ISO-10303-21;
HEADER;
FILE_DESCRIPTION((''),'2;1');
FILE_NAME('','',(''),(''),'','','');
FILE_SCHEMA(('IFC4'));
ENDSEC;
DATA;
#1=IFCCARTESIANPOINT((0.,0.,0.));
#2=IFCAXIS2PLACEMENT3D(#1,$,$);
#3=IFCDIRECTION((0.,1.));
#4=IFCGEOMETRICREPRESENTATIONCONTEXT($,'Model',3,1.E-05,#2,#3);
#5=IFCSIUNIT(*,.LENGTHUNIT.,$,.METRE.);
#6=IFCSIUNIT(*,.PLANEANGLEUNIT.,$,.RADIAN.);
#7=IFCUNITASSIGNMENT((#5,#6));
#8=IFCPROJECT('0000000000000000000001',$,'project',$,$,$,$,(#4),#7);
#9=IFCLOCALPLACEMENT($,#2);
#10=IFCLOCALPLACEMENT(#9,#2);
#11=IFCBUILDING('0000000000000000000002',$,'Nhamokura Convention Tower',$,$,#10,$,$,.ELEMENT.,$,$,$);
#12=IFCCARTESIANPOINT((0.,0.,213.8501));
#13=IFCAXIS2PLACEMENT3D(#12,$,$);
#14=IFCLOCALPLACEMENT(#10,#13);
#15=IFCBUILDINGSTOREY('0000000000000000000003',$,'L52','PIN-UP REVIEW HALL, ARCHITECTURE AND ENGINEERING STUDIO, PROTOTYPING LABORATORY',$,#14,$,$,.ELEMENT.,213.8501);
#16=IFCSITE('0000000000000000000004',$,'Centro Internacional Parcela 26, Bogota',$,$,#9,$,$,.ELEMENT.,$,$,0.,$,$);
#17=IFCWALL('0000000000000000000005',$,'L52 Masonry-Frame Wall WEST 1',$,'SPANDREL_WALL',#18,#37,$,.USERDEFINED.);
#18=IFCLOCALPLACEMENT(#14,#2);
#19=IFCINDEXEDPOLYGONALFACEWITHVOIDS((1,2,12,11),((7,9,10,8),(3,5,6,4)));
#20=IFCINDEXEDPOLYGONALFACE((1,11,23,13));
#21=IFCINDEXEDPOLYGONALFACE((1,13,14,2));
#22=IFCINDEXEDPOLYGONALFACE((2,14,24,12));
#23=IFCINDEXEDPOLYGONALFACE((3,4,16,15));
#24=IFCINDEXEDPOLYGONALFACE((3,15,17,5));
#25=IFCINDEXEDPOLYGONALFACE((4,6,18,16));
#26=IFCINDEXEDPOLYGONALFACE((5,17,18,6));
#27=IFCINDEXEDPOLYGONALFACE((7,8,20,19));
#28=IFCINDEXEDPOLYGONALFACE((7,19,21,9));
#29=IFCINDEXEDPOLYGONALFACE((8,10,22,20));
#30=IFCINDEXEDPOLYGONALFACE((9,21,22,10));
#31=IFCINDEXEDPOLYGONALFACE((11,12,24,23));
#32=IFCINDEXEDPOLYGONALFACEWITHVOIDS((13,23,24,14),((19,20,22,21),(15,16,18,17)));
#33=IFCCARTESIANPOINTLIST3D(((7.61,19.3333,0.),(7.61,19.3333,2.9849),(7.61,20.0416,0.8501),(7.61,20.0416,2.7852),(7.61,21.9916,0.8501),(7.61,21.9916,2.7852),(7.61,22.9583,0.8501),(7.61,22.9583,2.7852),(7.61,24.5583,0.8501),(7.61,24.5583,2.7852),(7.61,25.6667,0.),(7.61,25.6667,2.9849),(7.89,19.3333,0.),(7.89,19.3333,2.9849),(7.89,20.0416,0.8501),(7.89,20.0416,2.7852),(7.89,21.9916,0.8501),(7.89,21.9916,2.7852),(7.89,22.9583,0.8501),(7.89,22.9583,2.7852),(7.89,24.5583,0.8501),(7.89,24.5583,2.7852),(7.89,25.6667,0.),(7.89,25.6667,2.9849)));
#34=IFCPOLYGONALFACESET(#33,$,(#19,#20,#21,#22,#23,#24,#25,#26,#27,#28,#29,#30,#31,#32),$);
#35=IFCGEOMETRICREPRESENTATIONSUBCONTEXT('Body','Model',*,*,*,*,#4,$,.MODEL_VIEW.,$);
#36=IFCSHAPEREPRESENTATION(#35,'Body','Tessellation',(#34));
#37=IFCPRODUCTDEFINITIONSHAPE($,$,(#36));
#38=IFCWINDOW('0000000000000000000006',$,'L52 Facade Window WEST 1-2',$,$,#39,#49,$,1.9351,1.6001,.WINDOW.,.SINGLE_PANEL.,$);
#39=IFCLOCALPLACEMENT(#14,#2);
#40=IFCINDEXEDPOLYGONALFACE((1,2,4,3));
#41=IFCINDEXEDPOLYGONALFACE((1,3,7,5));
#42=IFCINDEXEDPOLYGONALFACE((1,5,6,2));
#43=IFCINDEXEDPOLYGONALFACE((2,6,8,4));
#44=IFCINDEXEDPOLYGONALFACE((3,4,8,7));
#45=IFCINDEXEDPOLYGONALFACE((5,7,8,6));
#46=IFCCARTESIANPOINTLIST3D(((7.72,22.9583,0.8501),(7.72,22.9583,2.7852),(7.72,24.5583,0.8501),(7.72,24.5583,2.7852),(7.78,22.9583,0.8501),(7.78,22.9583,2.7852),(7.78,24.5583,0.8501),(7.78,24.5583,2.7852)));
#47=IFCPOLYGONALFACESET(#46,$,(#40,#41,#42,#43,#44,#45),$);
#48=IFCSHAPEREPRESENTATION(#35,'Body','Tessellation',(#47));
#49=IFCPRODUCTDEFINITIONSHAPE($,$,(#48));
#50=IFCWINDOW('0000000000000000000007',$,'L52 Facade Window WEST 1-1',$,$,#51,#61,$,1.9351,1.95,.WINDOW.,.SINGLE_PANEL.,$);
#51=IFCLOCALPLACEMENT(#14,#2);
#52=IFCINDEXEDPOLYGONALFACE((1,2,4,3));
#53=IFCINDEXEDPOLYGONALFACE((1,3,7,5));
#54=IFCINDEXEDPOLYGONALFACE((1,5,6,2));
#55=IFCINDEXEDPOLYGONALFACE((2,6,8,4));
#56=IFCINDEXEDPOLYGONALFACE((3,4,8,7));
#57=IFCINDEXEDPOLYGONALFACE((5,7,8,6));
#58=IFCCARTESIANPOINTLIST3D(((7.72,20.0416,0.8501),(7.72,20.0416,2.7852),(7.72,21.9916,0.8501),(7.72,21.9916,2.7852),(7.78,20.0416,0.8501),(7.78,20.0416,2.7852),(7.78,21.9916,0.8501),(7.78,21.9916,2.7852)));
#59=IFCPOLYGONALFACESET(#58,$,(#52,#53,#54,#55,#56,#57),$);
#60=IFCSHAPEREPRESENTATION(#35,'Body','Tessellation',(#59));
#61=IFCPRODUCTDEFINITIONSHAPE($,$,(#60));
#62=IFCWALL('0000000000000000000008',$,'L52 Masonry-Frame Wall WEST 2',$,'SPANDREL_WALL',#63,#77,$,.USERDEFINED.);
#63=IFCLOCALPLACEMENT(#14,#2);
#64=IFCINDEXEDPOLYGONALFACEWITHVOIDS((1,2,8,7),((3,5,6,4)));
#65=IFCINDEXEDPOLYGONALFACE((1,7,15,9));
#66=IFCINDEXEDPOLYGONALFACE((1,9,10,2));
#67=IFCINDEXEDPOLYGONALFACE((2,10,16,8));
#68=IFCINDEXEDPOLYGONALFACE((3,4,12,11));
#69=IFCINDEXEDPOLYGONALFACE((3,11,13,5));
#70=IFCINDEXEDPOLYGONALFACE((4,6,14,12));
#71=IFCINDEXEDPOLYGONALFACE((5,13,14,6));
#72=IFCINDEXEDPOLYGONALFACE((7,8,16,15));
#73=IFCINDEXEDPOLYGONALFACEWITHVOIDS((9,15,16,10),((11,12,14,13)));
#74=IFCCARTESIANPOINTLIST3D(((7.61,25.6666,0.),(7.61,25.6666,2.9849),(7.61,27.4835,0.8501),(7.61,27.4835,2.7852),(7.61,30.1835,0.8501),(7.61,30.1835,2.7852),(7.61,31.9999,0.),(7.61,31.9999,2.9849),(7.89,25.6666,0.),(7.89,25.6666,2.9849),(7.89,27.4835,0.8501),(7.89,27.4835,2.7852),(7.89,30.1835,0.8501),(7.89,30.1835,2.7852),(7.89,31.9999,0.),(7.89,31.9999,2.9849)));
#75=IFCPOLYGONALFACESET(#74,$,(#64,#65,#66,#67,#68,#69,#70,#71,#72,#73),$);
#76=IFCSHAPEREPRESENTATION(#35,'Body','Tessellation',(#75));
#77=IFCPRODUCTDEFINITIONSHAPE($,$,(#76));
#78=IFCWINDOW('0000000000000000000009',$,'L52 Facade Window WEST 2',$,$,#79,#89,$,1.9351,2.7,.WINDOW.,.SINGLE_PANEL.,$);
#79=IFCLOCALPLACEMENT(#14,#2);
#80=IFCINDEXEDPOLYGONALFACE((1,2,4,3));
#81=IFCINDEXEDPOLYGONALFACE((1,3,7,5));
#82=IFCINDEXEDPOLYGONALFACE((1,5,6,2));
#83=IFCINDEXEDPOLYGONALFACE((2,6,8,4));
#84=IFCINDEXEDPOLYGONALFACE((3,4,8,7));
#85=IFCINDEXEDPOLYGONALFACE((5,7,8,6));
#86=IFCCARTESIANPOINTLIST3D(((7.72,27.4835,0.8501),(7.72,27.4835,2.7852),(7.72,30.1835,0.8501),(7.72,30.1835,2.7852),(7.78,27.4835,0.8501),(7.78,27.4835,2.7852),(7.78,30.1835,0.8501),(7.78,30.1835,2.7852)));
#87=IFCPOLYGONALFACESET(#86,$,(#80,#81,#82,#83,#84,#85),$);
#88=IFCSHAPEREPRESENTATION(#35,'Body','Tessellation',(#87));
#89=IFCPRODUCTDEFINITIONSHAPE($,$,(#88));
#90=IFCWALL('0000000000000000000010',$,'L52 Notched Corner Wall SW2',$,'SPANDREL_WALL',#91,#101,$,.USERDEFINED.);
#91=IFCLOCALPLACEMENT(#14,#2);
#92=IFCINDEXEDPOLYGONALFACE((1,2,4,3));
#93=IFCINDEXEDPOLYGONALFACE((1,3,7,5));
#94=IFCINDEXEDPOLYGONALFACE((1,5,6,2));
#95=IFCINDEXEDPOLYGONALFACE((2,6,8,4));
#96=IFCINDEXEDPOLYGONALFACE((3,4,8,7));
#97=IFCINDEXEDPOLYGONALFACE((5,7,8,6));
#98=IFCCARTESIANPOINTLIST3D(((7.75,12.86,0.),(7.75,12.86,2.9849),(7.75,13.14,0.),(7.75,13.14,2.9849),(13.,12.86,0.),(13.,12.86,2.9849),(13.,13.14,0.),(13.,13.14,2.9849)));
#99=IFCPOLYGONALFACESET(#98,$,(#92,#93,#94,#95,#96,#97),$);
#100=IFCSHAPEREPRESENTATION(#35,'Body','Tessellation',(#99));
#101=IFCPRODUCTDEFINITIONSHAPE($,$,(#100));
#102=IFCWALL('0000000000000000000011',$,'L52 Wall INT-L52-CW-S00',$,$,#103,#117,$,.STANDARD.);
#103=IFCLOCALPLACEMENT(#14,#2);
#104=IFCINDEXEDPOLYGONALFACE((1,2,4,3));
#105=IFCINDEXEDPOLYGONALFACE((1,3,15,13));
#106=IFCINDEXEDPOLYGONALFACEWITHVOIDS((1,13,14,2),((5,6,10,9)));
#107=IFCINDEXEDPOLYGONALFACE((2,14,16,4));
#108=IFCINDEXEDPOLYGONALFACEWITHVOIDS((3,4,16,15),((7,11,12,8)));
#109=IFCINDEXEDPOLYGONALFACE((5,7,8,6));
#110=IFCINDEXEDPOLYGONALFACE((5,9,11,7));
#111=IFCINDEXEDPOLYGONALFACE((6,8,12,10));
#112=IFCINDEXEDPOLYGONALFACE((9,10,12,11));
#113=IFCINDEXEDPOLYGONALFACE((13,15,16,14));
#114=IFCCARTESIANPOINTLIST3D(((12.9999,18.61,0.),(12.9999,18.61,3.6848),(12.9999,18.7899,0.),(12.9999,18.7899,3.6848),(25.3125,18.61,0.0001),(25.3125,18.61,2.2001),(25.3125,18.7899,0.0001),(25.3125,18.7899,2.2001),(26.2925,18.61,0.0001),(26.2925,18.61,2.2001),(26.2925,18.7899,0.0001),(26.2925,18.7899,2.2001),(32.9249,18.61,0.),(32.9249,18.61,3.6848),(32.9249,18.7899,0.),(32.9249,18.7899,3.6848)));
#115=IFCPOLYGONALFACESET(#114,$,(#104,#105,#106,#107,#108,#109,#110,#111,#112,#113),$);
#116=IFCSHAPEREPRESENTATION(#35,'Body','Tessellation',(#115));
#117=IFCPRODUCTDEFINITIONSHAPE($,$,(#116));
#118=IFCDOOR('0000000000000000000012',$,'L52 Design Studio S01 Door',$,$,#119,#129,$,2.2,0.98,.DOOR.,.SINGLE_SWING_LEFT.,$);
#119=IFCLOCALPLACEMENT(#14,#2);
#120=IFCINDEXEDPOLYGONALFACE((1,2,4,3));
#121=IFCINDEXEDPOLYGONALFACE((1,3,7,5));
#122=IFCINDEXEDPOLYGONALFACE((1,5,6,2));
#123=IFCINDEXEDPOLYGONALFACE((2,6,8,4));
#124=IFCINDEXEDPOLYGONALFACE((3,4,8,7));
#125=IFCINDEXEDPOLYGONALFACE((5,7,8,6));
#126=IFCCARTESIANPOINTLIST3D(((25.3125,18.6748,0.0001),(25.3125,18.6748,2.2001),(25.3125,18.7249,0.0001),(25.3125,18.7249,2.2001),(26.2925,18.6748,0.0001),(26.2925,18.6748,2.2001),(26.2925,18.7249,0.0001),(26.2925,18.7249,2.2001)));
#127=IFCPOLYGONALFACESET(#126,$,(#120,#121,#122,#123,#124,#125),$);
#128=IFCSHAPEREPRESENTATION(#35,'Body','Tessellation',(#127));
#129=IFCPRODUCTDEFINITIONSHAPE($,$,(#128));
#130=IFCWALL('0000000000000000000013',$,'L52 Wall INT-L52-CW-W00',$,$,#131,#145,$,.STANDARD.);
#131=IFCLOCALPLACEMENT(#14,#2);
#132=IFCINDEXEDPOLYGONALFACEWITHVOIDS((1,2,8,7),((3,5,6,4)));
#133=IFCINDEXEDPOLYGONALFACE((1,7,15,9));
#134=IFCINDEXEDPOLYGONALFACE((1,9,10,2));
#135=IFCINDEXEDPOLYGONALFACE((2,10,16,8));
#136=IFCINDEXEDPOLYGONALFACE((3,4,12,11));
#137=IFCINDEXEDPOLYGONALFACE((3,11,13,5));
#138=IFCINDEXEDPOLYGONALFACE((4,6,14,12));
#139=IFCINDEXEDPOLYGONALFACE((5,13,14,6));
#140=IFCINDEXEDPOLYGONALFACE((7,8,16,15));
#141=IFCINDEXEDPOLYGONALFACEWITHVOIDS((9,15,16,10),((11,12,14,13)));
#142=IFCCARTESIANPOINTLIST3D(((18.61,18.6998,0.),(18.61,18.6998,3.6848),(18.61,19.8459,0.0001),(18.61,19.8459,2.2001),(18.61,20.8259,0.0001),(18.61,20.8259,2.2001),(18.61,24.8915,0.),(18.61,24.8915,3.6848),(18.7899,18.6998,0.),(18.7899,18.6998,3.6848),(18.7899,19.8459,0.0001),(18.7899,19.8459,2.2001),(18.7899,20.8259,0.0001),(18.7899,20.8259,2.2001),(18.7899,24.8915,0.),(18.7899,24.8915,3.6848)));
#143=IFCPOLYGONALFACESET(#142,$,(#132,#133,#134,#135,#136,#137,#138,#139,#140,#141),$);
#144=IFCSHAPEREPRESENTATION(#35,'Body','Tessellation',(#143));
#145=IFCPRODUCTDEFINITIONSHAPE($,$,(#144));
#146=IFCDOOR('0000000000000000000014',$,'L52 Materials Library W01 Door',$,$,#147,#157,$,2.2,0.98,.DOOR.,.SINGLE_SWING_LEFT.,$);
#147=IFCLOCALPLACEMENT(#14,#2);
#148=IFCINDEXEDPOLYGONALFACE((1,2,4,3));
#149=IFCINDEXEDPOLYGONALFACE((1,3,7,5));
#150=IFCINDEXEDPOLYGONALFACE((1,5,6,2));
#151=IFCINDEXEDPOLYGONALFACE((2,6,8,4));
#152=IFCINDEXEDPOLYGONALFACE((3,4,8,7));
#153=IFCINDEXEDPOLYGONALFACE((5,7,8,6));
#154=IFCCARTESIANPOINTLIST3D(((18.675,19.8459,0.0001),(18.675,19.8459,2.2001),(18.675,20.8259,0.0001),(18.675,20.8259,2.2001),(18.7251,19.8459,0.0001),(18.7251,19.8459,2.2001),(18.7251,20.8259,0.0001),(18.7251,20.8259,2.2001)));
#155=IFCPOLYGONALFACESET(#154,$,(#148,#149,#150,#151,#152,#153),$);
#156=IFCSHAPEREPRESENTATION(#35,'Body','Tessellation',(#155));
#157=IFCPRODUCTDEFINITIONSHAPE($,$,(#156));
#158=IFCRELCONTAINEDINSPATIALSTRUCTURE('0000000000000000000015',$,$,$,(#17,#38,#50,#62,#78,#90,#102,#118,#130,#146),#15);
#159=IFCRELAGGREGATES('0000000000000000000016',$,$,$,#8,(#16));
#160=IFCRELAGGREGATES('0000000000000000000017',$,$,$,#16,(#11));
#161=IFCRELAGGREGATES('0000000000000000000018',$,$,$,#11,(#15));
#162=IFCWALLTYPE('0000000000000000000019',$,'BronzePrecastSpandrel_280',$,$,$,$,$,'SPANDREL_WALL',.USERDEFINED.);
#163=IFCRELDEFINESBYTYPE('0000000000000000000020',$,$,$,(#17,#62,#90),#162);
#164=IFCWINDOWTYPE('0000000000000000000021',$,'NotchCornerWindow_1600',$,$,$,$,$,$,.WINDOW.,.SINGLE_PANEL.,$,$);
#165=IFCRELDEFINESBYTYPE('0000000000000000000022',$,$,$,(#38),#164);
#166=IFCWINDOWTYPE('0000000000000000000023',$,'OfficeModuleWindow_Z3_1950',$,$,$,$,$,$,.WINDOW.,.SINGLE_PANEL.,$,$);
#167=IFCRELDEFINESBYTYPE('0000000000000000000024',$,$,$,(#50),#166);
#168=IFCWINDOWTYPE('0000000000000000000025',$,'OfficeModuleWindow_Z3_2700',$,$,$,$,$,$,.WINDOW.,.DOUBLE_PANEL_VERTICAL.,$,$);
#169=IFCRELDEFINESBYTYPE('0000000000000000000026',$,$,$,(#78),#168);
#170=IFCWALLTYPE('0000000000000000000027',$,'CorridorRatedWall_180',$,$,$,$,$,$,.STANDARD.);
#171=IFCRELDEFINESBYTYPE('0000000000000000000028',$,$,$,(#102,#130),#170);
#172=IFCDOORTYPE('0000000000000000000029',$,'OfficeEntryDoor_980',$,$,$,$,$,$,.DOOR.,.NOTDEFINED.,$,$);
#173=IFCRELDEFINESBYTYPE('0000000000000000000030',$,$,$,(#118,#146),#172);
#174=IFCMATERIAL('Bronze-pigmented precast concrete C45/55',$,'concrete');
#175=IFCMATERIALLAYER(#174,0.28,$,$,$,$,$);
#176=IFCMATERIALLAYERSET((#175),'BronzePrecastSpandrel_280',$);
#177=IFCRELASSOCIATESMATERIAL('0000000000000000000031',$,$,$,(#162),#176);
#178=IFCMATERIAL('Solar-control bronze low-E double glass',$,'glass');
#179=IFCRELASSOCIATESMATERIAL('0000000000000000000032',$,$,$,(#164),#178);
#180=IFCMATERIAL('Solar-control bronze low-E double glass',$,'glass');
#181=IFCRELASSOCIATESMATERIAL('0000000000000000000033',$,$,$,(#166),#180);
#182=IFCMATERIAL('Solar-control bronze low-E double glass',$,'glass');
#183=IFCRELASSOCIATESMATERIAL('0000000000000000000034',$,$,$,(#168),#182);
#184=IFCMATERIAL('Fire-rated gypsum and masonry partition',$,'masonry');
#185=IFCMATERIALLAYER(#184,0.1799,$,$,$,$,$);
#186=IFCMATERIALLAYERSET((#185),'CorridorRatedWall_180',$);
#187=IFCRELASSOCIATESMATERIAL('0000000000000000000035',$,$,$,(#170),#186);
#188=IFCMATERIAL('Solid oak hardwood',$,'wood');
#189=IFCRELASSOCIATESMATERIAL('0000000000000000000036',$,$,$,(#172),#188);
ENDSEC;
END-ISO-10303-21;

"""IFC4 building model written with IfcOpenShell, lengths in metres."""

from ifc_helpers import new_model, si_unit, direction, frame, frame_2d, origin, place, context, subcontext, project, spatial, rectangle, extrude, material, layer, layer_set, type_object, element, fill, save


model = new_model("IFC4")

# Units and contexts
model_context = context("Model", 3, precision=1e-05, world=origin(), true_north=direction((0.0, 1.0)))
body_context = subcontext(model_context, "Body", "Model", "MODEL_VIEW")
ifc_project = project(units=[si_unit("LENGTHUNIT", "METRE"), si_unit("PLANEANGLEUNIT", "RADIAN")], contexts=[model_context])

# Site, building, storey
site_placement = place(None, origin())
site = spatial("IfcSite", under=ifc_project, at=site_placement, Name="Centro Internacional Parcela 26, Bogota", CompositionType="ELEMENT", RefElevation=0.0)
building_placement = place(site_placement, origin())
building = spatial("IfcBuilding", under=site, at=building_placement, Name="Nhamokura Convention Tower", CompositionType="ELEMENT")
storey_placement = place(building_placement, frame((0.0, 0.0, 213.8501)))
storey = spatial("IfcBuildingStorey", under=building, at=storey_placement, Name="L52", Description="PIN-UP REVIEW HALL, ARCHITECTURE AND ENGINEERING STUDIO, PROTOTYPING LABORATORY", CompositionType="ELEMENT", Elevation=213.8501)

# Wall, openings, windows
ifc_material_1 = material(Name="Bronze-pigmented precast concrete C45/55", Category="concrete")
ifc_layer_1 = layer(ifc_material_1, 0.28)
ifc_layer_set_1 = layer_set([ifc_layer_1], Name="BronzePrecastSpandrel_280")
wall_type_1 = type_object("IfcWallType", Name="BronzePrecastSpandrel_280", ElementType="SPANDREL_WALL", PredefinedType="USERDEFINED", material=ifc_layer_set_1)
wall_1_placement = place(storey_placement, frame((7.75, 19.3333, 0.0), z_axis=(0.0, 0.0, 1.0), x_axis=(0.0, 1.0, 0.0)))
wall_1 = element("IfcWall", 1, at=wall_1_placement, inside=storey, type_object=wall_type_1, Name="L52 Masonry-Frame Wall WEST 1", ObjectType="SPANDREL_WALL", PredefinedType="USERDEFINED", context=body_context, shape_type="SweptSolid", body=[
    extrude(rectangle(XDim=6.3335, YDim=0.28, at=frame_2d((3.1667, 0.0))), origin(), (0.0, 0.0, 1.0), 2.9849),
])
opening_1_placement = place(wall_1_placement, frame((0.7083, 0.0, 0.8501)))
opening_1 = element("IfcOpeningElement", 2, at=opening_1_placement, cuts=wall_1, PredefinedType="OPENING", context=body_context, shape_type="SweptSolid", body=[
    extrude(rectangle(XDim=1.95, YDim=1.9351, at=frame_2d((0.9751, 0.9675))), frame((0.0, 0.1499, 0.0), z_axis=(0.0, -1.0, 0.0), x_axis=(1.0, 0.0, 0.0)), (0.0, 0.0, 1.0), 0.3),
])
opening_2_placement = place(wall_1_placement, frame((3.625, 0.0, 0.8501)))
opening_2 = element("IfcOpeningElement", 3, at=opening_2_placement, cuts=wall_1, PredefinedType="OPENING", context=body_context, shape_type="SweptSolid", body=[
    extrude(rectangle(XDim=1.6001, YDim=1.9351, at=frame_2d((0.8, 0.9675))), frame((0.0, 0.1499, 0.0), z_axis=(0.0, -1.0, 0.0), x_axis=(1.0, 0.0, 0.0)), (0.0, 0.0, 1.0), 0.3),
])
ifc_material_2 = material(Name="Solar-control bronze low-E double glass", Category="glass")
window_type_1 = type_object("IfcWindowType", Name="NotchCornerWindow_1600", PartitioningType="SINGLE_PANEL", PredefinedType="WINDOW", material=ifc_material_2)
window_1_placement = place(opening_2_placement, origin())
window_1 = element("IfcWindow", 4, at=window_1_placement, inside=storey, type_object=window_type_1, Name="L52 Facade Window WEST 1-2", OverallHeight=1.9351, OverallWidth=1.6001, PartitioningType="SINGLE_PANEL", PredefinedType="WINDOW", context=body_context, shape_type="SweptSolid", body=[
    extrude(rectangle(XDim=1.6001, YDim=1.9351, at=frame_2d((0.8, 0.9675))), frame((0.0, 0.03, 0.0), z_axis=(0.0, -1.0, 0.0), x_axis=(1.0, 0.0, 0.0)), (0.0, 0.0, 1.0), 0.0601),
])
fill(opening_2, window_1)
ifc_material_3 = material(Name="Solar-control bronze low-E double glass", Category="glass")
window_type_2 = type_object("IfcWindowType", Name="OfficeModuleWindow_Z3_1950", PartitioningType="SINGLE_PANEL", PredefinedType="WINDOW", material=ifc_material_3)
window_2_placement = place(opening_1_placement, origin())
window_2 = element("IfcWindow", 5, at=window_2_placement, inside=storey, type_object=window_type_2, Name="L52 Facade Window WEST 1-1", OverallHeight=1.9351, OverallWidth=1.95, PartitioningType="SINGLE_PANEL", PredefinedType="WINDOW", context=body_context, shape_type="SweptSolid", body=[
    extrude(rectangle(XDim=1.95, YDim=1.9351, at=frame_2d((0.9751, 0.9675))), frame((0.0, 0.03, 0.0), z_axis=(0.0, -1.0, 0.0), x_axis=(1.0, 0.0, 0.0)), (0.0, 0.0, 1.0), 0.0601),
])
fill(opening_1, window_2)

# Wall, opening, window
wall_2_placement = place(storey_placement, frame((7.75, 25.6667, 0.0), z_axis=(0.0, 0.0, 1.0), x_axis=(0.0, 1.0, 0.0)))
wall_2 = element("IfcWall", 6, at=wall_2_placement, inside=storey, type_object=wall_type_1, Name="L52 Masonry-Frame Wall WEST 2", ObjectType="SPANDREL_WALL", PredefinedType="USERDEFINED", context=body_context, shape_type="SweptSolid", body=[
    extrude(rectangle(XDim=6.3333, YDim=0.28, at=frame_2d((3.1665, 0.0))), origin(), (0.0, 0.0, 1.0), 2.9849),
])
opening_3_placement = place(wall_2_placement, frame((1.8167, 0.0, 0.8501)))
opening_3 = element("IfcOpeningElement", 7, at=opening_3_placement, cuts=wall_2, PredefinedType="OPENING", context=body_context, shape_type="SweptSolid", body=[
    extrude(rectangle(XDim=2.7, YDim=1.9351, at=frame_2d((1.3501, 0.9675))), frame((0.0, 0.1499, 0.0), z_axis=(0.0, -1.0, 0.0), x_axis=(1.0, 0.0, 0.0)), (0.0, 0.0, 1.0), 0.3),
])
ifc_material_4 = material(Name="Solar-control bronze low-E double glass", Category="glass")
window_type_3 = type_object("IfcWindowType", Name="OfficeModuleWindow_Z3_2700", PartitioningType="DOUBLE_PANEL_VERTICAL", PredefinedType="WINDOW", material=ifc_material_4)
window_3_placement = place(opening_3_placement, origin())
window_3 = element("IfcWindow", 8, at=window_3_placement, inside=storey, type_object=window_type_3, Name="L52 Facade Window WEST 2", OverallHeight=1.9351, OverallWidth=2.7, PartitioningType="SINGLE_PANEL", PredefinedType="WINDOW", context=body_context, shape_type="SweptSolid", body=[
    extrude(rectangle(XDim=2.7, YDim=1.9351, at=frame_2d((1.3501, 0.9675))), frame((0.0, 0.03, 0.0), z_axis=(0.0, -1.0, 0.0), x_axis=(1.0, 0.0, 0.0)), (0.0, 0.0, 1.0), 0.0601),
])
fill(opening_3, window_3)

# Wall
wall_3_placement = place(storey_placement, frame((13.0, 13.0, 0.0), z_axis=(0.0, 0.0, 1.0), x_axis=(-1.0, 0.0, 0.0)))
element("IfcWall", 9, at=wall_3_placement, inside=storey, type_object=wall_type_1, Name="L52 Notched Corner Wall SW2", ObjectType="SPANDREL_WALL", PredefinedType="USERDEFINED", context=body_context, shape_type="SweptSolid", body=[
    extrude(rectangle(XDim=5.25, YDim=0.28, at=frame_2d((2.625, 0.0))), origin(), (0.0, 0.0, 1.0), 2.9849),
])

# Walls, openings, doors
ifc_material_5 = material(Name="Fire-rated gypsum and masonry partition", Category="masonry")
ifc_layer_2 = layer(ifc_material_5, 0.1799)
ifc_layer_set_2 = layer_set([ifc_layer_2], Name="CorridorRatedWall_180")
wall_type_2 = type_object("IfcWallType", Name="CorridorRatedWall_180", PredefinedType="STANDARD", material=ifc_layer_set_2)
wall_4_placement = place(storey_placement, frame((13.0, 18.7, 0.0), z_axis=(0.0, 0.0, 1.0), x_axis=(1.0, 0.0, 0.0)))
wall_4 = element("IfcWall", 10, at=wall_4_placement, inside=storey, type_object=wall_type_2, Name="L52 Wall INT-L52-CW-S00", PredefinedType="STANDARD", context=body_context, shape_type="SweptSolid", body=[
    extrude(rectangle(XDim=19.925, YDim=0.1799, at=frame_2d((9.9624, 0.0))), origin(), (0.0, 0.0, 1.0), 3.6848),
])
opening_4_placement = place(wall_4_placement, frame((12.3125, 0.0, 0.0)))
opening_4 = element("IfcOpeningElement", 11, at=opening_4_placement, cuts=wall_4, PredefinedType="OPENING", context=body_context, shape_type="SweptSolid", body=[
    extrude(rectangle(XDim=0.98, YDim=2.2, at=frame_2d((0.49, 1.1001))), frame((0.0, 0.0999, 0.0), z_axis=(0.0, -1.0, 0.0), x_axis=(1.0, 0.0, 0.0)), (0.0, 0.0, 1.0), 0.2),
])
ifc_material_6 = material(Name="Solid oak hardwood", Category="wood")
door_type = type_object("IfcDoorType", Name="OfficeEntryDoor_980", OperationType="NOTDEFINED", PredefinedType="DOOR", material=ifc_material_6)
door_1_placement = place(opening_4_placement, origin())
door_1 = element("IfcDoor", 12, at=door_1_placement, inside=storey, type_object=door_type, Name="L52 Design Studio S01 Door", OperationType="SINGLE_SWING_LEFT", OverallHeight=2.2, OverallWidth=0.98, PredefinedType="DOOR", context=body_context, shape_type="SweptSolid", body=[
    extrude(rectangle(XDim=0.98, YDim=2.2, at=frame_2d((0.49, 1.1001))), frame((0.0, 0.0249, 0.0), z_axis=(0.0, -1.0, 0.0), x_axis=(1.0, 0.0, 0.0)), (0.0, 0.0, 1.0), 0.05),
])
fill(opening_4, door_1)
wall_5_placement = place(storey_placement, frame((18.7, 18.7, 0.0), z_axis=(0.0, 0.0, 1.0), x_axis=(0.0, 1.0, 0.0)))
wall_5 = element("IfcWall", 13, at=wall_5_placement, inside=storey, type_object=wall_type_2, Name="L52 Wall INT-L52-CW-W00", PredefinedType="STANDARD", context=body_context, shape_type="SweptSolid", body=[
    extrude(rectangle(XDim=6.1917, YDim=0.1799, at=frame_2d((3.0957, 0.0))), origin(), (0.0, 0.0, 1.0), 3.6848),
])
opening_5_placement = place(wall_5_placement, frame((1.146, 0.0, 0.0)))
opening_5 = element("IfcOpeningElement", 14, at=opening_5_placement, cuts=wall_5, PredefinedType="OPENING", context=body_context, shape_type="SweptSolid", body=[
    extrude(rectangle(XDim=0.98, YDim=2.2, at=frame_2d((0.49, 1.1001))), frame((0.0, 0.0999, 0.0), z_axis=(0.0, -1.0, 0.0), x_axis=(1.0, 0.0, 0.0)), (0.0, 0.0, 1.0), 0.2),
])
door_2_placement = place(opening_5_placement, origin())
door_2 = element("IfcDoor", 15, at=door_2_placement, inside=storey, type_object=door_type, Name="L52 Materials Library W01 Door", OperationType="SINGLE_SWING_LEFT", OverallHeight=2.2, OverallWidth=0.98, PredefinedType="DOOR", context=body_context, shape_type="SweptSolid", body=[
    extrude(rectangle(XDim=0.98, YDim=2.2, at=frame_2d((0.49, 1.1001))), frame((0.0, 0.0249, 0.0), z_axis=(0.0, -1.0, 0.0), x_axis=(1.0, 0.0, 0.0)), (0.0, 0.0, 1.0), 0.05),
])
fill(opening_5, door_2)

save(model, "model.ifc")
